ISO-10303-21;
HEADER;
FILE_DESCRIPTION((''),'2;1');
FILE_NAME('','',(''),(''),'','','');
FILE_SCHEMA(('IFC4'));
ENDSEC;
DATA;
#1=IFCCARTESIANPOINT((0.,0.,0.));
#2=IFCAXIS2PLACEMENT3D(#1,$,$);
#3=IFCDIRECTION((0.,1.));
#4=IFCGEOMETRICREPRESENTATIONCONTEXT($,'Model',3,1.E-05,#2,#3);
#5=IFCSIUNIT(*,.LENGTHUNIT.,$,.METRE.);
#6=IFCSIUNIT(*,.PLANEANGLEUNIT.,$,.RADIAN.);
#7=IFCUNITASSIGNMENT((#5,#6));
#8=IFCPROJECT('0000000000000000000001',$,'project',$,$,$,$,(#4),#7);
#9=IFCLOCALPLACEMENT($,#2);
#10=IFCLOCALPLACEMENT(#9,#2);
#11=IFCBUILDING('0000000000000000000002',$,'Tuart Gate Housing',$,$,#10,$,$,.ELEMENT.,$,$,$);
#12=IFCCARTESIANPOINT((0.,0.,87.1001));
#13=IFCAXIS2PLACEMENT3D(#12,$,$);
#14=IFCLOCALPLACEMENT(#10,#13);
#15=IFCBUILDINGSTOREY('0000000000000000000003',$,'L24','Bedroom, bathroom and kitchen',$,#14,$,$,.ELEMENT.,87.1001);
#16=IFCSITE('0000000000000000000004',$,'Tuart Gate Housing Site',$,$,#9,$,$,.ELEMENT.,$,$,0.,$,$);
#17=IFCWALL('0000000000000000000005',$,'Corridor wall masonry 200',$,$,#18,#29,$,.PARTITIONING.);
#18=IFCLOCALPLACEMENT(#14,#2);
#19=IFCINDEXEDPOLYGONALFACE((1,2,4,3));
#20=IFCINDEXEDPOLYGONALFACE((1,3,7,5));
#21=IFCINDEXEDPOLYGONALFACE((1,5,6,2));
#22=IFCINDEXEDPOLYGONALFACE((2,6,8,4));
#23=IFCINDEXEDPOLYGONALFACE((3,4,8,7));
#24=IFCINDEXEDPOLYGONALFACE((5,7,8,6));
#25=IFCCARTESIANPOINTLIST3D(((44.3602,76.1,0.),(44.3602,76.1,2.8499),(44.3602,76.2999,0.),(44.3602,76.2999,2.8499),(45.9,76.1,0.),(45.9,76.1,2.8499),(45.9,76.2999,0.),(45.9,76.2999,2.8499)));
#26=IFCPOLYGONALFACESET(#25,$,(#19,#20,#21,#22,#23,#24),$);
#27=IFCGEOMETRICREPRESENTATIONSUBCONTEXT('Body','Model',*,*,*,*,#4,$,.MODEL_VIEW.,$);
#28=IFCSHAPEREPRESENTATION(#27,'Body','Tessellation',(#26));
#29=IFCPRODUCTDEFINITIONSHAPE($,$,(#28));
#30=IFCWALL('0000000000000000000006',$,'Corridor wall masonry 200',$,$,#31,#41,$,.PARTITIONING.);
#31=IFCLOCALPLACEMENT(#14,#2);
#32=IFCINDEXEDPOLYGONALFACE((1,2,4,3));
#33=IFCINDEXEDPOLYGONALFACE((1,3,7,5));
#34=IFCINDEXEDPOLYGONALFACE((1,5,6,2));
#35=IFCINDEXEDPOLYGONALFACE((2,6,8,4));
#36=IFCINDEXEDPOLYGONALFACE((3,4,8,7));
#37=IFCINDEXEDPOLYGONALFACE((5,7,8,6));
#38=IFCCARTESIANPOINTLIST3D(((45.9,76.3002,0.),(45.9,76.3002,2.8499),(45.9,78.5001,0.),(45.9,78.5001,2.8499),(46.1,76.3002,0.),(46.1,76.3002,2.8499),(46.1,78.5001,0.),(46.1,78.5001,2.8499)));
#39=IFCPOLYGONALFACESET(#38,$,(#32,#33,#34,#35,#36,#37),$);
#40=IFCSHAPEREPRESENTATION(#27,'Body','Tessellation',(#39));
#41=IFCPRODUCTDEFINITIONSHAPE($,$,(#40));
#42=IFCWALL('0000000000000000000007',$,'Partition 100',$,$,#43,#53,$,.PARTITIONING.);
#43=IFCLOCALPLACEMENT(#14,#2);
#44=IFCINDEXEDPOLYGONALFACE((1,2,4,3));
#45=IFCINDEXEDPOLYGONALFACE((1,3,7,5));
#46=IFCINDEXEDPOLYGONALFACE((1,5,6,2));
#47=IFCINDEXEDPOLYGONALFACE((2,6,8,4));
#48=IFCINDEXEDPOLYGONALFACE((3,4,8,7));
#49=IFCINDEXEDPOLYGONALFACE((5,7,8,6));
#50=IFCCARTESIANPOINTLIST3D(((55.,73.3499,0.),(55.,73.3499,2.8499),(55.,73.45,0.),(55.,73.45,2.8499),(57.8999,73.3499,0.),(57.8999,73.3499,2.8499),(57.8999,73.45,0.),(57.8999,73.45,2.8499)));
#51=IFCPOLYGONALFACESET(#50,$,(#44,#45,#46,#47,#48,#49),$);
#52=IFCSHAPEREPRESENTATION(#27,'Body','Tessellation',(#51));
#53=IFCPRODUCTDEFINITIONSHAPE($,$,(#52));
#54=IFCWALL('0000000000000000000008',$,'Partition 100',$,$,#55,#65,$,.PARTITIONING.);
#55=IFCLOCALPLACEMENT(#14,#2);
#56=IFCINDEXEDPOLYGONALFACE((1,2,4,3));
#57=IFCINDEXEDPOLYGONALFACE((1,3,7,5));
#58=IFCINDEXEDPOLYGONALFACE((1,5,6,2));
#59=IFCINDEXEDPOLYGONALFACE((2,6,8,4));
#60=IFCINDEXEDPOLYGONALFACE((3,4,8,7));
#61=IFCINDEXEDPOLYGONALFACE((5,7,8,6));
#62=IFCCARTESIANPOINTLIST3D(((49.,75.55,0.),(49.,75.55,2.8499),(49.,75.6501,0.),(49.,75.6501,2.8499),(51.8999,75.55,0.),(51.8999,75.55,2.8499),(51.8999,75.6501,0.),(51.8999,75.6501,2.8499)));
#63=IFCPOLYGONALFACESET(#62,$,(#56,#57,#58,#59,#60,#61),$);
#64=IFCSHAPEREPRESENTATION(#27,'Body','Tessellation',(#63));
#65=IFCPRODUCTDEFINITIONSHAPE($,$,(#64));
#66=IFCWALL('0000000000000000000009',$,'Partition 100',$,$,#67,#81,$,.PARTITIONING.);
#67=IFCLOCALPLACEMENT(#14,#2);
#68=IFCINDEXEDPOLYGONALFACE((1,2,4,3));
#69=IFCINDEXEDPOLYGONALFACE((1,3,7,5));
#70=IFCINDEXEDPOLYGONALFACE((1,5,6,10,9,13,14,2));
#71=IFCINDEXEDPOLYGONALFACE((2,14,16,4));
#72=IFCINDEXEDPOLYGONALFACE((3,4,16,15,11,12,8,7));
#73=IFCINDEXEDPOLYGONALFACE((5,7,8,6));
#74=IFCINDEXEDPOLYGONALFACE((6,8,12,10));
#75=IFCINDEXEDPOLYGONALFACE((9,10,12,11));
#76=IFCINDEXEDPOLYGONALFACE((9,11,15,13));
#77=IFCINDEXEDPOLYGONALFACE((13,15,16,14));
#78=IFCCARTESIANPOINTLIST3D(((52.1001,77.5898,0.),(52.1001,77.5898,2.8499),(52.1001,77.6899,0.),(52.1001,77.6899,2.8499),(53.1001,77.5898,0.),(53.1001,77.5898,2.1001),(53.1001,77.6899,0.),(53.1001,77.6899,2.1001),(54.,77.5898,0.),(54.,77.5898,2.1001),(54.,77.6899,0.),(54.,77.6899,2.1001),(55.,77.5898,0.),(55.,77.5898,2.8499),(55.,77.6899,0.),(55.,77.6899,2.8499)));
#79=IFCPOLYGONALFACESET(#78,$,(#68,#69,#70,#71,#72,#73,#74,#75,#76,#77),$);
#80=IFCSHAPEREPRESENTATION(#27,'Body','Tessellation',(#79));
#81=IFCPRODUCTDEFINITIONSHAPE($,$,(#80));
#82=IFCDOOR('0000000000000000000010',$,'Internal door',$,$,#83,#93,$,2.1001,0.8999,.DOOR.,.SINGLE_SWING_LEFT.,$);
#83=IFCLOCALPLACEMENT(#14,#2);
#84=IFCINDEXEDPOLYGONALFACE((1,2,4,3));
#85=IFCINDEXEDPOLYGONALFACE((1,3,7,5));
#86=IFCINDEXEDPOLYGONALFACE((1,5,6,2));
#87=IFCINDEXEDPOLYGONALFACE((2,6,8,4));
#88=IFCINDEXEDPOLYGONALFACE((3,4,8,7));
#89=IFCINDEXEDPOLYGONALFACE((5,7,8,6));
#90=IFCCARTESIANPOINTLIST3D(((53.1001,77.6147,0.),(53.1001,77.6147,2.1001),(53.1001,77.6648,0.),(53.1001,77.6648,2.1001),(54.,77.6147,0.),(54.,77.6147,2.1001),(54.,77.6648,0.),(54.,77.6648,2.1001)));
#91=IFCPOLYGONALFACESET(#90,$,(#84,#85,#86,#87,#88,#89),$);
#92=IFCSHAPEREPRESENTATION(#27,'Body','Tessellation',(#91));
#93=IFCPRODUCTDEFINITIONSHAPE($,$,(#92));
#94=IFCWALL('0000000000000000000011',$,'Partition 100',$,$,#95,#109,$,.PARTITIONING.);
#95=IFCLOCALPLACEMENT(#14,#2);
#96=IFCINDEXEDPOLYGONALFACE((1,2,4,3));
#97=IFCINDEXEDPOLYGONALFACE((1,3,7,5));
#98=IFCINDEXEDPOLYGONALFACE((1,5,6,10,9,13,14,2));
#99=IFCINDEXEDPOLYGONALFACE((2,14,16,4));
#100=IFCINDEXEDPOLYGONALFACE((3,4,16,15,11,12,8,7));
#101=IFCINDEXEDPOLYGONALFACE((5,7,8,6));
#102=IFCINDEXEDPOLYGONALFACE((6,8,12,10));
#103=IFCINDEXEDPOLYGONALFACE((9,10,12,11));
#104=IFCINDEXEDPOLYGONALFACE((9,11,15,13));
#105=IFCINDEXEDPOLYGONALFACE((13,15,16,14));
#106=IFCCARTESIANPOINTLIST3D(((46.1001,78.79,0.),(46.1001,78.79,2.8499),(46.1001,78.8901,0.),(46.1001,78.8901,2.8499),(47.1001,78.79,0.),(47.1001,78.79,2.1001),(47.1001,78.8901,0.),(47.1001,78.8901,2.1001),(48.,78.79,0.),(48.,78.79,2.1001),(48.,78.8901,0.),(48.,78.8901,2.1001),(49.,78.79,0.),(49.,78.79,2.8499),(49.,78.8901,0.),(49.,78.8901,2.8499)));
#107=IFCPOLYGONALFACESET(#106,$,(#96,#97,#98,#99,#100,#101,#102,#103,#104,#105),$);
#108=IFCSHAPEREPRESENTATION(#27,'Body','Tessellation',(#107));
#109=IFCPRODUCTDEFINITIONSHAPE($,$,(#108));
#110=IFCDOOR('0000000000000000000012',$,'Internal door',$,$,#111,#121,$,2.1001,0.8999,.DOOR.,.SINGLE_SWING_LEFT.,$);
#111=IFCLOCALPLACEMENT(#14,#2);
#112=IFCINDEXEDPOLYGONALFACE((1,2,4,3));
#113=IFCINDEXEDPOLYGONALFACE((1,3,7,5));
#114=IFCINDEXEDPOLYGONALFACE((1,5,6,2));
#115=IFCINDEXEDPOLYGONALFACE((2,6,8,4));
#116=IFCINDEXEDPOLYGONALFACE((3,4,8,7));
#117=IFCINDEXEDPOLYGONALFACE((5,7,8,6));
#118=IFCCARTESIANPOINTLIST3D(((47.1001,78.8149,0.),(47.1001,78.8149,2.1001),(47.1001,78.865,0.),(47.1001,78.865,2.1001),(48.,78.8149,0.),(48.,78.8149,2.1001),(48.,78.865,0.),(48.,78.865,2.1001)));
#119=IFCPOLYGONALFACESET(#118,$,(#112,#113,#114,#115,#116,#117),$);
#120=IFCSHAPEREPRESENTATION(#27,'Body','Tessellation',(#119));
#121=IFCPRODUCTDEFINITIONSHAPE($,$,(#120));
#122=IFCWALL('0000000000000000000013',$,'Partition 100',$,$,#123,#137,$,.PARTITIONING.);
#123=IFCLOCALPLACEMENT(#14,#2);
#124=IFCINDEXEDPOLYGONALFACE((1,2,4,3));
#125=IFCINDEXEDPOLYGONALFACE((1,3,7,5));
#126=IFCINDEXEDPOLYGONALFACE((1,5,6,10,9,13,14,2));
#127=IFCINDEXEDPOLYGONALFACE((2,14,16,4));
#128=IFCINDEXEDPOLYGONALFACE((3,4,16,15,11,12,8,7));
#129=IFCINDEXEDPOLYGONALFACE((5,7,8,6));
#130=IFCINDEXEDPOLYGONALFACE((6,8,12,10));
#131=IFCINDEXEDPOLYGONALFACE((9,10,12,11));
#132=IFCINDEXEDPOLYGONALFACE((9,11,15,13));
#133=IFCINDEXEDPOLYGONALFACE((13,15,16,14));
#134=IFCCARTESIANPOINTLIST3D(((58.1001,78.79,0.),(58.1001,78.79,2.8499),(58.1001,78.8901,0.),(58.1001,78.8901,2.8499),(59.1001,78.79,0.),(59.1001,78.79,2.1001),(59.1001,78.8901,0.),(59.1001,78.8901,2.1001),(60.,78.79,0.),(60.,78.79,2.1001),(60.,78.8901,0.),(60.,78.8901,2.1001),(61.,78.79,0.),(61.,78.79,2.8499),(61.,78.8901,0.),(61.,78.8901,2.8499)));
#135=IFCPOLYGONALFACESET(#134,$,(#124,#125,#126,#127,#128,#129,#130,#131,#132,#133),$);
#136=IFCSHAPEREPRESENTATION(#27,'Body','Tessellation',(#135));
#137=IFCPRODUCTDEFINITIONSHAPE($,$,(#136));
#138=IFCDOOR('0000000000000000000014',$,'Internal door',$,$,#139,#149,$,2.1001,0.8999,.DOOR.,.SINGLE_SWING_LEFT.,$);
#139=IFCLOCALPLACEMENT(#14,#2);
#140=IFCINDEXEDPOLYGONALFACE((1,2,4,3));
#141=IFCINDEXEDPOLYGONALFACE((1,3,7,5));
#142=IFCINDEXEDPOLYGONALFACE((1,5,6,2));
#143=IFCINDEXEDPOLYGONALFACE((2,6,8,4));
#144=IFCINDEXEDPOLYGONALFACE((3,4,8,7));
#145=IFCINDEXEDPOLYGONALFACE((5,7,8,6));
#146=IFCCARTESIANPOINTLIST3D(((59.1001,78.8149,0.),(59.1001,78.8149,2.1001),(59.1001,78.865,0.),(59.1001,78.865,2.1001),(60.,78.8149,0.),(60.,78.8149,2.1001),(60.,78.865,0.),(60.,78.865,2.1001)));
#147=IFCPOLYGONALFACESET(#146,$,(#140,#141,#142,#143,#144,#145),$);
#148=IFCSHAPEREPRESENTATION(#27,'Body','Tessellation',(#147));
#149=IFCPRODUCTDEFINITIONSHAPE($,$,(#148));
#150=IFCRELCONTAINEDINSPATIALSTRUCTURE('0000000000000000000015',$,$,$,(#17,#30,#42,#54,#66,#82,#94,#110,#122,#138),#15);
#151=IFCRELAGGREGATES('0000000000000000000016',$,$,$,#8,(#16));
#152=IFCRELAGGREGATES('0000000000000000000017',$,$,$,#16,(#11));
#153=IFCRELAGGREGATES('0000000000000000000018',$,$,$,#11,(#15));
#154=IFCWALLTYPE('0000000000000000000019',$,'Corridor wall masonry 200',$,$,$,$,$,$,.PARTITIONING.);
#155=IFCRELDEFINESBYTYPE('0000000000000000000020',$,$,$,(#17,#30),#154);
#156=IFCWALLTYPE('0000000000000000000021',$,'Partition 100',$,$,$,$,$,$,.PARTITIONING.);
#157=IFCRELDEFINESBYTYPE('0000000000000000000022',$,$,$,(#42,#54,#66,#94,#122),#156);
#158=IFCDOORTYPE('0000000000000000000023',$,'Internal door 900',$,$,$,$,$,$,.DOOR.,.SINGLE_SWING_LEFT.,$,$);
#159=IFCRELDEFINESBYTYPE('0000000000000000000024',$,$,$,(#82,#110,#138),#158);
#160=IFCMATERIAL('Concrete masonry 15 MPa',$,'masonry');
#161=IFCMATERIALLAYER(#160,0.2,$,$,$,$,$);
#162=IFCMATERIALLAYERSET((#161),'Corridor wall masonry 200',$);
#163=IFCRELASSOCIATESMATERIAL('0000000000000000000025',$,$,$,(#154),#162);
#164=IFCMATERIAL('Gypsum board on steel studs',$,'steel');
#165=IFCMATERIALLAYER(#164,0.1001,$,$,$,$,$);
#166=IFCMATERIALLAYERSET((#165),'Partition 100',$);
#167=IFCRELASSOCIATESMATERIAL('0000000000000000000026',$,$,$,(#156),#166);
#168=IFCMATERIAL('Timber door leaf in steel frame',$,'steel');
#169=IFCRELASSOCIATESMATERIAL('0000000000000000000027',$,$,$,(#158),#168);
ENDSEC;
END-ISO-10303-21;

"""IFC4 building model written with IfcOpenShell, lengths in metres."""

from ifc_helpers import new_model, si_unit, direction, frame, frame_2d, origin, place, context, subcontext, project, spatial, rectangle, extrude, material, layer, layer_set, type_object, element, fill, save


model = new_model("IFC4")

# Units and contexts
model_context = context("Model", 3, precision=1e-05, world=origin(), true_north=direction((0.0, 1.0)))
body_context = subcontext(model_context, "Body", "Model", "MODEL_VIEW")
ifc_project = project(units=[si_unit("LENGTHUNIT", "METRE"), si_unit("PLANEANGLEUNIT", "RADIAN")], contexts=[model_context])

# Site, building, storey
site_placement = place(None, origin())
site = spatial("IfcSite", under=ifc_project, at=site_placement, Name="Tuart Gate Housing Site", CompositionType="ELEMENT", RefElevation=0.0)
building_placement = place(site_placement, origin())
building = spatial("IfcBuilding", under=site, at=building_placement, Name="Tuart Gate Housing", CompositionType="ELEMENT")
storey_placement = place(building_placement, frame((0.0, 0.0, 87.1001)))
storey = spatial("IfcBuildingStorey", under=building, at=storey_placement, Name="L24", Description="Bedroom, bathroom and kitchen", CompositionType="ELEMENT", Elevation=87.1001)

# Walls
ifc_material_1 = material(Name="Concrete masonry 15 MPa", Category="masonry")
ifc_layer_1 = layer(ifc_material_1, 0.2)
ifc_layer_set_1 = layer_set([ifc_layer_1], Name="Corridor wall masonry 200")
wall_type_1 = type_object("IfcWallType", Name="Corridor wall masonry 200", PredefinedType="PARTITIONING", material=ifc_layer_set_1)
wall_1_placement = place(storey_placement, frame((44.3601, 76.2, 0.0), z_axis=(0.0, 0.0, 1.0), x_axis=(1.0, 0.0, 0.0)))
element("IfcWall", 1, at=wall_1_placement, inside=storey, type_object=wall_type_1, Name="Corridor wall masonry 200", PredefinedType="PARTITIONING", context=body_context, shape_type="SweptSolid", body=[
    extrude(rectangle(XDim=1.5398, YDim=0.2, at=frame_2d((0.77, 0.0))), origin(), (0.0, 0.0, 1.0), 2.8499),
])
wall_2_placement = place(storey_placement, frame((46.0, 76.3, 0.0), z_axis=(0.0, 0.0, 1.0), x_axis=(0.0, 1.0, 0.0)))
element("IfcWall", 2, at=wall_2_placement, inside=storey, type_object=wall_type_1, Name="Corridor wall masonry 200", PredefinedType="PARTITIONING", context=body_context, shape_type="SweptSolid", body=[
    extrude(rectangle(XDim=2.2, YDim=0.2, at=frame_2d((1.1001, 0.0))), origin(), (0.0, 0.0, 1.0), 2.8499),
])
ifc_material_2 = material(Name="Gypsum board on steel studs", Category="steel")
ifc_layer_2 = layer(ifc_material_2, 0.1001)
ifc_layer_set_2 = layer_set([ifc_layer_2], Name="Partition 100")
wall_type_2 = type_object("IfcWallType", Name="Partition 100", PredefinedType="PARTITIONING", material=ifc_layer_set_2)
for number, where, z_axis, x_axis, name in (
    (3, (55.0, 73.3999, 0.0), (0.0, 0.0, 1.0), (1.0, 0.0, 0.0), "Partition 100"),
    (4, (49.0, 75.6001, 0.0), (0.0, 0.0, 1.0), (1.0, 0.0, 0.0), "Partition 100"),
):
    element("IfcWall", number, at=place(storey_placement, frame(where, z_axis=z_axis, x_axis=x_axis)), inside=storey, type_object=wall_type_2, Name=name, PredefinedType="PARTITIONING", context=body_context, shape_type="SweptSolid", body=[
        extrude(rectangle(XDim=2.8999, YDim=0.1001, at=frame_2d((1.45, 0.0))), origin(), (0.0, 0.0, 1.0), 2.8499),
    ])

# Walls, openings, doors
wall_3_placement = place(storey_placement, frame((52.1001, 77.6399, 0.0), z_axis=(0.0, 0.0, 1.0), x_axis=(1.0, 0.0, 0.0)))
wall_3 = element("IfcWall", 5, at=wall_3_placement, inside=storey, type_object=wall_type_2, Name="Partition 100", PredefinedType="PARTITIONING", context=body_context, shape_type="SweptSolid", body=[
    extrude(rectangle(XDim=2.8999, YDim=0.1001, at=frame_2d((1.45, 0.0))), origin(), (0.0, 0.0, 1.0), 2.8499),
])
opening_1_placement = place(wall_3_placement, frame((1.0, 0.0, 0.0)))
opening_1 = element("IfcOpeningElement", 6, at=opening_1_placement, cuts=wall_3, PredefinedType="OPENING", context=body_context, shape_type="SweptSolid", body=[
    extrude(rectangle(XDim=0.8999, YDim=2.1001, at=frame_2d((0.45, 1.05))), frame((0.0, 0.0601, 0.0), z_axis=(0.0, -1.0, 0.0), x_axis=(1.0, 0.0, 0.0)), (0.0, 0.0, 1.0), 0.1201),
])
ifc_material_3 = material(Name="Timber door leaf in steel frame", Category="steel")
door_type_1 = type_object("IfcDoorType", Name="Internal door 900", OperationType="SINGLE_SWING_LEFT", PredefinedType="DOOR", material=ifc_material_3)
door_1_placement = place(opening_1_placement, frame((0.8999, 0.0, 0.0), z_axis=(0.0, 0.0, 1.0), x_axis=(-1.0, 0.0, 0.0)))
door_1 = element("IfcDoor", 7, at=door_1_placement, inside=storey, type_object=door_type_1, Name="Internal door", OperationType="SINGLE_SWING_LEFT", OverallHeight=2.1001, OverallWidth=0.8999, PredefinedType="DOOR", context=body_context, shape_type="SweptSolid", body=[
    extrude(rectangle(XDim=0.8999, YDim=2.1001, at=frame_2d((0.45, 1.05))), frame((0.0, 0.0251, 0.0), z_axis=(0.0, -1.0, 0.0), x_axis=(1.0, 0.0, 0.0)), (0.0, 0.0, 1.0), 0.05),
])
fill(opening_1, door_1)
wall_4_placement = place(storey_placement, frame((46.1001, 78.8401, 0.0), z_axis=(0.0, 0.0, 1.0), x_axis=(1.0, 0.0, 0.0)))
wall_4 = element("IfcWall", 8, at=wall_4_placement, inside=storey, type_object=wall_type_2, Name="Partition 100", PredefinedType="PARTITIONING", context=body_context, shape_type="SweptSolid", body=[
    extrude(rectangle(XDim=2.8999, YDim=0.1001, at=frame_2d((1.45, 0.0))), origin(), (0.0, 0.0, 1.0), 2.8499),
])
opening_2_placement = place(wall_4_placement, frame((1.0, 0.0, 0.0)))
opening_2 = element("IfcOpeningElement", 9, at=opening_2_placement, cuts=wall_4, PredefinedType="OPENING", context=body_context, shape_type="SweptSolid", body=[
    extrude(rectangle(XDim=0.8999, YDim=2.1001, at=frame_2d((0.45, 1.05))), frame((0.0, 0.0601, 0.0), z_axis=(0.0, -1.0, 0.0), x_axis=(1.0, 0.0, 0.0)), (0.0, 0.0, 1.0), 0.1201),
])
door_2_placement = place(opening_2_placement, frame((0.8999, 0.0, 0.0), z_axis=(0.0, 0.0, 1.0), x_axis=(-1.0, 0.0, 0.0)))
door_2 = element("IfcDoor", 10, at=door_2_placement, inside=storey, type_object=door_type_1, Name="Internal door", OperationType="SINGLE_SWING_LEFT", OverallHeight=2.1001, OverallWidth=0.8999, PredefinedType="DOOR", context=body_context, shape_type="SweptSolid", body=[
    extrude(rectangle(XDim=0.8999, YDim=2.1001, at=frame_2d((0.45, 1.05))), frame((0.0, 0.0251, 0.0), z_axis=(0.0, -1.0, 0.0), x_axis=(1.0, 0.0, 0.0)), (0.0, 0.0, 1.0), 0.05),
])
fill(opening_2, door_2)
wall_5_placement = place(storey_placement, frame((58.1001, 78.8401, 0.0), z_axis=(0.0, 0.0, 1.0), x_axis=(1.0, 0.0, 0.0)))
wall_5 = element("IfcWall", 11, at=wall_5_placement, inside=storey, type_object=wall_type_2, Name="Partition 100", PredefinedType="PARTITIONING", context=body_context, shape_type="SweptSolid", body=[
    extrude(rectangle(XDim=2.8999, YDim=0.1001, at=frame_2d((1.45, 0.0))), origin(), (0.0, 0.0, 1.0), 2.8499),
])
opening_3_placement = place(wall_5_placement, frame((1.0, 0.0, 0.0)))
opening_3 = element("IfcOpeningElement", 12, at=opening_3_placement, cuts=wall_5, PredefinedType="OPENING", context=body_context, shape_type="SweptSolid", body=[
    extrude(rectangle(XDim=0.8999, YDim=2.1001, at=frame_2d((0.45, 1.05))), frame((0.0, 0.0601, 0.0), z_axis=(0.0, -1.0, 0.0), x_axis=(1.0, 0.0, 0.0)), (0.0, 0.0, 1.0), 0.1201),
])
door_3_placement = place(opening_3_placement, frame((0.8999, 0.0, 0.0), z_axis=(0.0, 0.0, 1.0), x_axis=(-1.0, 0.0, 0.0)))
door_3 = element("IfcDoor", 13, at=door_3_placement, inside=storey, type_object=door_type_1, Name="Internal door", OperationType="SINGLE_SWING_LEFT", OverallHeight=2.1001, OverallWidth=0.8999, PredefinedType="DOOR", context=body_context, shape_type="SweptSolid", body=[
    extrude(rectangle(XDim=0.8999, YDim=2.1001, at=frame_2d((0.45, 1.05))), frame((0.0, 0.0251, 0.0), z_axis=(0.0, -1.0, 0.0), x_axis=(1.0, 0.0, 0.0)), (0.0, 0.0, 1.0), 0.05),
])
fill(opening_3, door_3)

save(model, "model.ifc")
